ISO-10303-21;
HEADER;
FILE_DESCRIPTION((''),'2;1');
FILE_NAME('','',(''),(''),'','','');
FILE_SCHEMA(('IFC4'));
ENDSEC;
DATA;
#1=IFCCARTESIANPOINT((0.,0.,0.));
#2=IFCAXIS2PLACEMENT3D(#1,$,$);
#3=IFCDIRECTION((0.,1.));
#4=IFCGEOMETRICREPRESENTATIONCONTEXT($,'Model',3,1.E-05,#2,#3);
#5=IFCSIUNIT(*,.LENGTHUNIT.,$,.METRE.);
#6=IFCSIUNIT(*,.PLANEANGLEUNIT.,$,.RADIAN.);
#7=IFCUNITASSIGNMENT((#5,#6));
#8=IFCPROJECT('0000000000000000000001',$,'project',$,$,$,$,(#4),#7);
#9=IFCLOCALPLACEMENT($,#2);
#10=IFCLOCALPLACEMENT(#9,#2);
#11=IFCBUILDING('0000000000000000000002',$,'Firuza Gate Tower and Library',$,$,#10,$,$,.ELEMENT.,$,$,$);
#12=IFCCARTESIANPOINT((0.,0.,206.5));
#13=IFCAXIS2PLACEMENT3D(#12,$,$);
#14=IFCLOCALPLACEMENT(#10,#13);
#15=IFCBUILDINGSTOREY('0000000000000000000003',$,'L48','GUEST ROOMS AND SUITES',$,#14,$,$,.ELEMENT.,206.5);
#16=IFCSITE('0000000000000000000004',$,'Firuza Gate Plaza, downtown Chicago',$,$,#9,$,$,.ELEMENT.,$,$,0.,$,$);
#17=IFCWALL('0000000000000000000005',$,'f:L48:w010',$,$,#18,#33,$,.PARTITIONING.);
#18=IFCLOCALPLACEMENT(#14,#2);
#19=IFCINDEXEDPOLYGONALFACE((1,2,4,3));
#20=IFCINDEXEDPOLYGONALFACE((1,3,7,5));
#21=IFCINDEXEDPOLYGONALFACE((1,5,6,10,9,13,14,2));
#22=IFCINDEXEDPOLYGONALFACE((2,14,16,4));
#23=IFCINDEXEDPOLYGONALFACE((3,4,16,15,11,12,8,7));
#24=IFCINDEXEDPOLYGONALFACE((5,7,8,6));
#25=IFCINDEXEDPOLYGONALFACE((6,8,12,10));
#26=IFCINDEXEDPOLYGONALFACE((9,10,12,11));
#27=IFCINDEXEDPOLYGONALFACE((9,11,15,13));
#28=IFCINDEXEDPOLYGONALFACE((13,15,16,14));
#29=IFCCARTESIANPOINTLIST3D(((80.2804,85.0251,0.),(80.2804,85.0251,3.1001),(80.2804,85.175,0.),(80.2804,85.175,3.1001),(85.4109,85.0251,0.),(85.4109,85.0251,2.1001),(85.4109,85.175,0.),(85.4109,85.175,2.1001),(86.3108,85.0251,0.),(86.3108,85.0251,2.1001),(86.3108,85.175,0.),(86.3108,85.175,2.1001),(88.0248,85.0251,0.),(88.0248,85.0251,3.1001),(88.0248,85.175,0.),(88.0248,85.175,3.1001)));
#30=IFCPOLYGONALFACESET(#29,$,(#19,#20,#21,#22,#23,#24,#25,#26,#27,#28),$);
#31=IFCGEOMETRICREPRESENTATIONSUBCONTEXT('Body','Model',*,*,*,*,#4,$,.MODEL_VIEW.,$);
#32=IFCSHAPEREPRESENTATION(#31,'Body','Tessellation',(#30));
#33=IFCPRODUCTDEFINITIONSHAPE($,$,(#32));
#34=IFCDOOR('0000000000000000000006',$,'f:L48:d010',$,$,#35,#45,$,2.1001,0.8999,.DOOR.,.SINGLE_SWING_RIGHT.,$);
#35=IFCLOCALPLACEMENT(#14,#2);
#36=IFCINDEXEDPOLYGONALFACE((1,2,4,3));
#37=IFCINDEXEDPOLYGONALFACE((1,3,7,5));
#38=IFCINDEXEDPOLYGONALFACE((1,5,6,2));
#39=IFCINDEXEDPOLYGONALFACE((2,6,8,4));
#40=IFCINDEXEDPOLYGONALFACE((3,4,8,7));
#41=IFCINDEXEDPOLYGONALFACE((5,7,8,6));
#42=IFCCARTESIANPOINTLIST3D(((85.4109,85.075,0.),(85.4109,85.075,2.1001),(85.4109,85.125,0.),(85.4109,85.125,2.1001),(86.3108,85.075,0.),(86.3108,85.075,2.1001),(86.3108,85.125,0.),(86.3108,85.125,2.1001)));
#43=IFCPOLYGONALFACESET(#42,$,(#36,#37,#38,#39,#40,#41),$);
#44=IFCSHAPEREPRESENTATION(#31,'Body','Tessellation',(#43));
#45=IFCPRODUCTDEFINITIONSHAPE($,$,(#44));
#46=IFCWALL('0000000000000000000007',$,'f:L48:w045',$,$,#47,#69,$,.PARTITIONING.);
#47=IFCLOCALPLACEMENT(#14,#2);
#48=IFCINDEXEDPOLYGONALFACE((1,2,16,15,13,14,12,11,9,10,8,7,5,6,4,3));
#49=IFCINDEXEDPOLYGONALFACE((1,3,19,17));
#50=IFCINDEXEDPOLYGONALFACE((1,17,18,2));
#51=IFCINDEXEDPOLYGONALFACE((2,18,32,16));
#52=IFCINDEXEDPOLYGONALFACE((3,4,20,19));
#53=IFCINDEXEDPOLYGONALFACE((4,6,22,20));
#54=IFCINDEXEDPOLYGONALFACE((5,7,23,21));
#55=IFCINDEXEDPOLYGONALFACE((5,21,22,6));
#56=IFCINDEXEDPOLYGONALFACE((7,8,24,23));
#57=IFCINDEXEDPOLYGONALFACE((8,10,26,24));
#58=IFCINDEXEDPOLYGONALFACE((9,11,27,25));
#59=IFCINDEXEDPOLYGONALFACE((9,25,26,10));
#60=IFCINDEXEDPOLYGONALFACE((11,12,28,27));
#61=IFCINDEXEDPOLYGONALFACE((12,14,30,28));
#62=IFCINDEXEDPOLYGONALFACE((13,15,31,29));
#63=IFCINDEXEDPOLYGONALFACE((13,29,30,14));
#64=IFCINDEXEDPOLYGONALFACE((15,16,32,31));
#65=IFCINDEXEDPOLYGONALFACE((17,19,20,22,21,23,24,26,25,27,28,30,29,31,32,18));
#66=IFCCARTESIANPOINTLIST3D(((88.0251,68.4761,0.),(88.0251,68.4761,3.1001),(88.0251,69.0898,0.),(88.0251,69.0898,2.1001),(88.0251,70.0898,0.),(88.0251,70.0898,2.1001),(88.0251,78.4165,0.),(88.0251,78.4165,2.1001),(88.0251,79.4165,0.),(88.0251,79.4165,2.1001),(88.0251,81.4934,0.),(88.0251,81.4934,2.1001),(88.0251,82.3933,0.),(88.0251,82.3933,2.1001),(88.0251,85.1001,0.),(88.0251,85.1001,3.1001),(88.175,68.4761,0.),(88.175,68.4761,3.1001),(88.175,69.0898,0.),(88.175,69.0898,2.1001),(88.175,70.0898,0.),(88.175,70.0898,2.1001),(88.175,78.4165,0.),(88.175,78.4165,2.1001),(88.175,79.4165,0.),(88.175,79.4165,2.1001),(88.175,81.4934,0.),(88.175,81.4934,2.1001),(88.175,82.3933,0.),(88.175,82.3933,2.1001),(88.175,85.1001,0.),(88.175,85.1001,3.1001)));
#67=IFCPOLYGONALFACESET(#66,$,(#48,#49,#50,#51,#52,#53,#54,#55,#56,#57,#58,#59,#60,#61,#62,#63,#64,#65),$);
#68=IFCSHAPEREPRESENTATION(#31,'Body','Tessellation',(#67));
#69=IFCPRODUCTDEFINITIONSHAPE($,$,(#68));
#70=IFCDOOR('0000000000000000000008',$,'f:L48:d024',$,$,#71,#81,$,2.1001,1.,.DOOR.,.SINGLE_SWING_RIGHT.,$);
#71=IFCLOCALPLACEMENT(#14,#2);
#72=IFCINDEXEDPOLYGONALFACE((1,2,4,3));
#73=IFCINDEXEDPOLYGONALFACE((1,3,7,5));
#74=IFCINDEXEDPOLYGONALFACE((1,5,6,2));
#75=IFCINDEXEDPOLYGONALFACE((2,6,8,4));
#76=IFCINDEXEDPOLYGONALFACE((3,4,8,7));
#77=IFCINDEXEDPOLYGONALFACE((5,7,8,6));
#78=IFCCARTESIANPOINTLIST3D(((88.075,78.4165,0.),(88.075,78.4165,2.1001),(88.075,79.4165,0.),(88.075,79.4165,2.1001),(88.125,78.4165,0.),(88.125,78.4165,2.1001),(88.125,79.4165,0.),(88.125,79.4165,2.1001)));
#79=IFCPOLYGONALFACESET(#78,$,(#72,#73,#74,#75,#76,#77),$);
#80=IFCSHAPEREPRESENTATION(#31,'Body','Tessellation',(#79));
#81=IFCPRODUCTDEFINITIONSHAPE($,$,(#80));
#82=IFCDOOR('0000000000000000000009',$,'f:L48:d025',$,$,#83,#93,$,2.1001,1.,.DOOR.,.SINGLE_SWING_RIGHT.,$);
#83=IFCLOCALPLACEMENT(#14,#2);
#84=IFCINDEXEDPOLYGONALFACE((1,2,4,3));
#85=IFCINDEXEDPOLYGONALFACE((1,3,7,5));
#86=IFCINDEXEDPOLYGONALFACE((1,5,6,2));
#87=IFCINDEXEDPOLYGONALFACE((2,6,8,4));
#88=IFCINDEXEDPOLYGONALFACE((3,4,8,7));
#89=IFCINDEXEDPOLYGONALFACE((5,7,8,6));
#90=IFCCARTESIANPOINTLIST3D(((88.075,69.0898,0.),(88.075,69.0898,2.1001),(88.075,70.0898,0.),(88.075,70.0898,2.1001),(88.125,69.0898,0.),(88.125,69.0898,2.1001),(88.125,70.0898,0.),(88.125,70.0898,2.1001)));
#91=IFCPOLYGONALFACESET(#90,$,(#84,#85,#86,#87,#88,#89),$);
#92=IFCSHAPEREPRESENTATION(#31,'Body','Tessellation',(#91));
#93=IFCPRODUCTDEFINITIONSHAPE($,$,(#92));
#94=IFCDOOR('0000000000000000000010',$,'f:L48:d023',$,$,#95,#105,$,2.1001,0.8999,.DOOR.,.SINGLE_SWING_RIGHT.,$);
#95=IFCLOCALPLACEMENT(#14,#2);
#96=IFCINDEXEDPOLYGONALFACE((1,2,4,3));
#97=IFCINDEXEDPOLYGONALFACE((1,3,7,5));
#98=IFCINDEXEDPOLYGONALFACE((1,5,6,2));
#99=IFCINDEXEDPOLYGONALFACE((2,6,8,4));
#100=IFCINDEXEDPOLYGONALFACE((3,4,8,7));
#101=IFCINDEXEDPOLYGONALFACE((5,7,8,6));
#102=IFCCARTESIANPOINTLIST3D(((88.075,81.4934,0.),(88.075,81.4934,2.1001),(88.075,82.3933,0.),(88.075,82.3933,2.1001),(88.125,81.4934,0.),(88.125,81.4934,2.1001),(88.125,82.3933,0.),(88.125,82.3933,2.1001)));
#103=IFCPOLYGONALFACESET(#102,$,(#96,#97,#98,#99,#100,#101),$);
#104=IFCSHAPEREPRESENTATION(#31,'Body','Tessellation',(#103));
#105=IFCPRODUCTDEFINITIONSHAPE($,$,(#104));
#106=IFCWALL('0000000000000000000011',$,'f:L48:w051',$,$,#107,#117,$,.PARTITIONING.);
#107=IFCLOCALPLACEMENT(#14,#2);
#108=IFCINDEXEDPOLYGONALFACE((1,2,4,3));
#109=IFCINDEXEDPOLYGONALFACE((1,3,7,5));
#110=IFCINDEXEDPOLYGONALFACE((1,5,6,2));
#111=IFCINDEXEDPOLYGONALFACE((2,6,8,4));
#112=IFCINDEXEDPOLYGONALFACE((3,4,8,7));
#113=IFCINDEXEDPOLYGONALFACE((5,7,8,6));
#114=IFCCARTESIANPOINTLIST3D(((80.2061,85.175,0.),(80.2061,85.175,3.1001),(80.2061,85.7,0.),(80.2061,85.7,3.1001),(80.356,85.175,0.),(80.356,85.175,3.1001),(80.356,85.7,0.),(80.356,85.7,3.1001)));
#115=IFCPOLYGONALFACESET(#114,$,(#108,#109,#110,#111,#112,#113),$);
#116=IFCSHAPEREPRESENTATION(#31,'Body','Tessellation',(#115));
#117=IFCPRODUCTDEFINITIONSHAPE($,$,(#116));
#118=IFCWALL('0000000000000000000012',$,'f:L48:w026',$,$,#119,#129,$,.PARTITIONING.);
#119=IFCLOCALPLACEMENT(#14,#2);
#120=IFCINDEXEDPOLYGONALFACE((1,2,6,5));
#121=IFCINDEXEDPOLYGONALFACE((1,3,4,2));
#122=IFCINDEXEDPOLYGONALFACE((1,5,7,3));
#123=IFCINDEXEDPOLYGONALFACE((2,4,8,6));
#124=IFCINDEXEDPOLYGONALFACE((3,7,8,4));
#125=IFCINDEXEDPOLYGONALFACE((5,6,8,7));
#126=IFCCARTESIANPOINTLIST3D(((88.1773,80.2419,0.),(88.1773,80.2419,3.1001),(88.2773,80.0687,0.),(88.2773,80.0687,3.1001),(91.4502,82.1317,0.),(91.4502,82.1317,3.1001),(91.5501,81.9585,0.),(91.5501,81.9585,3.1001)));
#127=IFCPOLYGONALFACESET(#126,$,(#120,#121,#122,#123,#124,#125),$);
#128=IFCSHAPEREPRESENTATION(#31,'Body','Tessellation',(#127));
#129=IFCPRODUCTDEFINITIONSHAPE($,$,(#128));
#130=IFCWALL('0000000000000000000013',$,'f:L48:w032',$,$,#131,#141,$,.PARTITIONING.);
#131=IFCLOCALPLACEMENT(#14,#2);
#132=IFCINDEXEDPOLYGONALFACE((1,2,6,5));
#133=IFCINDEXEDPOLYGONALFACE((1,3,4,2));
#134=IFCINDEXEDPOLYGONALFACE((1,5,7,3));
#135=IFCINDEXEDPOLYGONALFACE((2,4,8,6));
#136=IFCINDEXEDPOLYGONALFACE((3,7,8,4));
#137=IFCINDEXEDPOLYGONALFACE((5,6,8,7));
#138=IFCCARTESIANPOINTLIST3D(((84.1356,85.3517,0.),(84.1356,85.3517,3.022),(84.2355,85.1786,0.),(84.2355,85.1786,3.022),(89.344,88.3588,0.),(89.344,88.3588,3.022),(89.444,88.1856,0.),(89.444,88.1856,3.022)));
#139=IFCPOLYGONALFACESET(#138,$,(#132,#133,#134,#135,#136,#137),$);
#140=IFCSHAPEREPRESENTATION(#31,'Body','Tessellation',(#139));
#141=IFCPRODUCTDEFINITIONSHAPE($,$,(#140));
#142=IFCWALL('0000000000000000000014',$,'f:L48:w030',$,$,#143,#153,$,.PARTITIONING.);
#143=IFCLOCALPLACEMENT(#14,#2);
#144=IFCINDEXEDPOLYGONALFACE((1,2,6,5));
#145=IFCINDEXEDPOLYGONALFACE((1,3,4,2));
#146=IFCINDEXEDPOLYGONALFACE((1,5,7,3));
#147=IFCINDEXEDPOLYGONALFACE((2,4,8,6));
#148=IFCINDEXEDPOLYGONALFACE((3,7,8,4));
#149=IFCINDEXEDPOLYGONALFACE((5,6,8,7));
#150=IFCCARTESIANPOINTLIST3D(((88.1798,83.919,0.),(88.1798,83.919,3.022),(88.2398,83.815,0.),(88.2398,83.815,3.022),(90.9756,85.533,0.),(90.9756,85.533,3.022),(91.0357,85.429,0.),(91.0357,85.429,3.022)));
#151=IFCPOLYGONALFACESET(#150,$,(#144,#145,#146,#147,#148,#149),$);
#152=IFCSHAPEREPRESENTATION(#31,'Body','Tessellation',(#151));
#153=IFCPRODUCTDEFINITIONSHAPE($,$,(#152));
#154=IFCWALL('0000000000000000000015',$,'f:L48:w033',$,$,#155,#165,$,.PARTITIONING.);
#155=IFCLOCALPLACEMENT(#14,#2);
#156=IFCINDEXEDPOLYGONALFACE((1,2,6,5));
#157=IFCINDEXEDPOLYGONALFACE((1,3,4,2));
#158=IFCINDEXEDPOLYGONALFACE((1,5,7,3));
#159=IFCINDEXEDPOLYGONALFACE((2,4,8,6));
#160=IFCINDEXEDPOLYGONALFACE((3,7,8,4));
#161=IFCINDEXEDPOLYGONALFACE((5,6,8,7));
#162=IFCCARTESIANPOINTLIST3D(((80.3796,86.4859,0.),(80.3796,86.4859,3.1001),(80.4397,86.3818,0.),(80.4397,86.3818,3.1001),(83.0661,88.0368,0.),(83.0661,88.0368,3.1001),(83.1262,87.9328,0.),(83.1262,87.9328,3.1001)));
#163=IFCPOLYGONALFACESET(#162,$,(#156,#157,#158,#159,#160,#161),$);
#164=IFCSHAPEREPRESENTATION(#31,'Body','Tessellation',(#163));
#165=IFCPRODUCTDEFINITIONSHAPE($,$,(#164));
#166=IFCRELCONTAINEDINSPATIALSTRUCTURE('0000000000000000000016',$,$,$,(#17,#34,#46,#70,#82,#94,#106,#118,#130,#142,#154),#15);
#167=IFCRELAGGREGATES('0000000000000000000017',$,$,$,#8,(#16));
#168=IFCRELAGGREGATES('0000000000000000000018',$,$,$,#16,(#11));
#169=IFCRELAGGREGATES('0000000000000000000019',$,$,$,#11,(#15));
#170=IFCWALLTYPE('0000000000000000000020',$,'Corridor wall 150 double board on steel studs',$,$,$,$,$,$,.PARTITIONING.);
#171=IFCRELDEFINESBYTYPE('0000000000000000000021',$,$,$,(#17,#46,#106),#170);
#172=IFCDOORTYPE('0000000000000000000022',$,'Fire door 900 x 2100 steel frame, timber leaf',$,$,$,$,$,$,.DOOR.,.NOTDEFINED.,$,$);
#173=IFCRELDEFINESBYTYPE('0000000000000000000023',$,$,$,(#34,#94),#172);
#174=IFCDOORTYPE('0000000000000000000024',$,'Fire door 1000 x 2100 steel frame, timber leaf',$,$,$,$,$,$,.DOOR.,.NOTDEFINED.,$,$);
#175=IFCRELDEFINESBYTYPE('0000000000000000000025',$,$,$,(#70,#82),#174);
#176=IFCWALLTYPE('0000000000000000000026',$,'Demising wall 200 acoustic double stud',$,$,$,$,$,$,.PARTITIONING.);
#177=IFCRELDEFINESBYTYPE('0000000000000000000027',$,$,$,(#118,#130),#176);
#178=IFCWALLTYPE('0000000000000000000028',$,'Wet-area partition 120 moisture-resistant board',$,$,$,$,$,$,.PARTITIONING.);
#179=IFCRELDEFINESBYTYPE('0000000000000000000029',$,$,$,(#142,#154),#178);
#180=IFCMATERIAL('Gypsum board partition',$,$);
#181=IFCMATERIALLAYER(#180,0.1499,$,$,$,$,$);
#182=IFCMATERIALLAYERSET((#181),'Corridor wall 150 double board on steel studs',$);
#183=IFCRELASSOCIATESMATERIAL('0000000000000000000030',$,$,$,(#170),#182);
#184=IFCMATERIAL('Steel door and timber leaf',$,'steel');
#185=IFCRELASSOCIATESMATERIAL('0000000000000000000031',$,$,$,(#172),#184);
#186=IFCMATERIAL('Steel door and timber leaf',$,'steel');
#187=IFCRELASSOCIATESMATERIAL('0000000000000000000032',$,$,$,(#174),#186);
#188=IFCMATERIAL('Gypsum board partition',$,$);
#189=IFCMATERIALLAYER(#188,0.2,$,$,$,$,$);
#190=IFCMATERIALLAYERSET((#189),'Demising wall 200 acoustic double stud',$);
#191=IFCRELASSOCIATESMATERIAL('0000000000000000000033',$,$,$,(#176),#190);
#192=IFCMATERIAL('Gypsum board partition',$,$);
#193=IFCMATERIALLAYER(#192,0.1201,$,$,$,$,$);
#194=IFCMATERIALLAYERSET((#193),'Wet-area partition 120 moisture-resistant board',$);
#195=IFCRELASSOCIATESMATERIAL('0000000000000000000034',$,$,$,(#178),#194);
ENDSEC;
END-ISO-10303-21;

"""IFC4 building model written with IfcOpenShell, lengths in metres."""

from ifc_helpers import new_model, si_unit, direction, frame, frame_2d, origin, place, context, subcontext, project, spatial, rectangle, extrude, material, layer, layer_set, type_object, element, fill, save


model = new_model("IFC4")

# Units and contexts
model_context = context("Model", 3, precision=1e-05, world=origin(), true_north=direction((0.0, 1.0)))
body_context = subcontext(model_context, "Body", "Model", "MODEL_VIEW")
ifc_project = project(units=[si_unit("LENGTHUNIT", "METRE"), si_unit("PLANEANGLEUNIT", "RADIAN")], contexts=[model_context])

# Site, building, storey
site_placement = place(None, origin())
site = spatial("IfcSite", under=ifc_project, at=site_placement, Name="Firuza Gate Plaza, downtown Chicago", CompositionType="ELEMENT", RefElevation=0.0)
building_placement = place(site_placement, origin())
building = spatial("IfcBuilding", under=site, at=building_placement, Name="Firuza Gate Tower and Library", CompositionType="ELEMENT")
storey_placement = place(building_placement, frame((0.0, 0.0, 206.5)))
storey = spatial("IfcBuildingStorey", under=building, at=storey_placement, Name="L48", Description="GUEST ROOMS AND SUITES", CompositionType="ELEMENT", Elevation=206.5)

# Wall, opening, door
ifc_material_1 = material(Name="Gypsum board partition")
ifc_layer_1 = layer(ifc_material_1, 0.1499)
ifc_layer_set_1 = layer_set([ifc_layer_1], Name="Corridor wall 150 double board on steel studs")
wall_type_1 = type_object("IfcWallType", Name="Corridor wall 150 double board on steel studs", PredefinedType="PARTITIONING", material=ifc_layer_set_1)
wall_1_placement = place(storey_placement, frame((80.2805, 85.1001, 0.0), z_axis=(0.0, 0.0, 1.0), x_axis=(1.0, 0.0, 0.0)))
wall_1 = element("IfcWall", 1, at=wall_1_placement, inside=storey, type_object=wall_type_1, Name="f:L48:w010", PredefinedType="PARTITIONING", context=body_context, shape_type="SweptSolid", body=[
    extrude(rectangle(XDim=7.7444, YDim=0.1499, at=frame_2d((3.8721, 0.0))), origin(), (0.0, 0.0, 1.0), 3.1001),
])
opening_1_placement = place(wall_1_placement, frame((5.1304, 0.0, 0.0)))
opening_1 = element("IfcOpeningElement", 2, at=opening_1_placement, cuts=wall_1, PredefinedType="OPENING", context=body_context, shape_type="SweptSolid", body=[
    extrude(rectangle(XDim=0.8999, YDim=2.1001, at=frame_2d((0.45, 1.05))), frame((0.0, 0.085, 0.0), z_axis=(0.0, -1.0, 0.0), x_axis=(1.0, 0.0, 0.0)), (0.0, 0.0, 1.0), 0.1699),
])
ifc_material_2 = material(Name="Steel door and timber leaf", Category="steel")
door_type_1 = type_object("IfcDoorType", Name="Fire door 900 x 2100 steel frame, timber leaf", OperationType="NOTDEFINED", PredefinedType="DOOR", material=ifc_material_2)
door_1_placement = place(opening_1_placement, origin())
door_1 = element("IfcDoor", 3, at=door_1_placement, inside=storey, type_object=door_type_1, Name="f:L48:d010", OperationType="SINGLE_SWING_RIGHT", OverallHeight=2.1001, OverallWidth=0.8999, PredefinedType="DOOR", context=body_context, shape_type="SweptSolid", body=[
    extrude(rectangle(XDim=0.8999, YDim=2.1001, at=frame_2d((0.45, 1.05))), frame((0.0, 0.0249, 0.0), z_axis=(0.0, -1.0, 0.0), x_axis=(1.0, 0.0, 0.0)), (0.0, 0.0, 1.0), 0.05),
])
fill(opening_1, door_1)

# Wall, openings, doors
wall_2_placement = place(storey_placement, frame((88.1001, 85.1001, 0.0), z_axis=(0.0, 0.0, 1.0), x_axis=(0.0, -1.0, 0.0)))
wall_2 = element("IfcWall", 4, at=wall_2_placement, inside=storey, type_object=wall_type_1, Name="f:L48:w045", PredefinedType="PARTITIONING", context=body_context, shape_type="SweptSolid", body=[
    extrude(rectangle(XDim=16.624, YDim=0.1499, at=frame_2d((8.312, 0.0))), origin(), (0.0, 0.0, 1.0), 3.1001),
])
opening_2_placement = place(wall_2_placement, frame((2.7068, 0.0, 0.0)))
opening_2 = element("IfcOpeningElement", 5, at=opening_2_placement, cuts=wall_2, PredefinedType="OPENING", context=body_context, shape_type="SweptSolid", body=[
    extrude(rectangle(XDim=0.8999, YDim=2.1001, at=frame_2d((0.45, 1.05))), frame((0.0, 0.085, 0.0), z_axis=(0.0, -1.0, 0.0), x_axis=(1.0, 0.0, 0.0)), (0.0, 0.0, 1.0), 0.1699),
])
opening_3_placement = place(wall_2_placement, frame((5.6836, 0.0, 0.0)))
opening_3 = element("IfcOpeningElement", 6, at=opening_3_placement, cuts=wall_2, PredefinedType="OPENING", context=body_context, shape_type="SweptSolid", body=[
    extrude(rectangle(XDim=1.0, YDim=2.1001, at=frame_2d((0.5, 1.05))), frame((0.0, 0.085, 0.0), z_axis=(0.0, -1.0, 0.0), x_axis=(1.0, 0.0, 0.0)), (0.0, 0.0, 1.0), 0.1699),
])
opening_4_placement = place(wall_2_placement, frame((15.0103, 0.0, 0.0)))
opening_4 = element("IfcOpeningElement", 7, at=opening_4_placement, cuts=wall_2, PredefinedType="OPENING", context=body_context, shape_type="SweptSolid", body=[
    extrude(rectangle(XDim=1.0, YDim=2.1001, at=frame_2d((0.5, 1.05))), frame((0.0, 0.085, 0.0), z_axis=(0.0, -1.0, 0.0), x_axis=(1.0, 0.0, 0.0)), (0.0, 0.0, 1.0), 0.1699),
])
ifc_material_3 = material(Name="Steel door and timber leaf", Category="steel")
door_type_2 = type_object("IfcDoorType", Name="Fire door 1000 x 2100 steel frame, timber leaf", OperationType="NOTDEFINED", PredefinedType="DOOR", material=ifc_material_3)
door_2_placement = place(opening_3_placement, origin())
door_2 = element("IfcDoor", 8, at=door_2_placement, inside=storey, type_object=door_type_2, Name="f:L48:d024", OperationType="SINGLE_SWING_RIGHT", OverallHeight=2.1001, OverallWidth=1.0, PredefinedType="DOOR", context=body_context, shape_type="SweptSolid", body=[
    extrude(rectangle(XDim=1.0, YDim=2.1001, at=frame_2d((0.5, 1.05))), frame((0.0, 0.0249, 0.0), z_axis=(0.0, -1.0, 0.0), x_axis=(1.0, 0.0, 0.0)), (0.0, 0.0, 1.0), 0.05),
])
fill(opening_3, door_2)
door_3_placement = place(opening_4_placement, origin())
door_3 = element("IfcDoor", 9, at=door_3_placement, inside=storey, type_object=door_type_2, Name="f:L48:d025", OperationType="SINGLE_SWING_RIGHT", OverallHeight=2.1001, OverallWidth=1.0, PredefinedType="DOOR", context=body_context, shape_type="SweptSolid", body=[
    extrude(rectangle(XDim=1.0, YDim=2.1001, at=frame_2d((0.5, 1.05))), frame((0.0, 0.0249, 0.0), z_axis=(0.0, -1.0, 0.0), x_axis=(1.0, 0.0, 0.0)), (0.0, 0.0, 1.0), 0.05),
])
fill(opening_4, door_3)
door_4_placement = place(opening_2_placement, origin())
door_4 = element("IfcDoor", 10, at=door_4_placement, inside=storey, type_object=door_type_1, Name="f:L48:d023", OperationType="SINGLE_SWING_RIGHT", OverallHeight=2.1001, OverallWidth=0.8999, PredefinedType="DOOR", context=body_context, shape_type="SweptSolid", body=[
    extrude(rectangle(XDim=0.8999, YDim=2.1001, at=frame_2d((0.45, 1.05))), frame((0.0, 0.0249, 0.0), z_axis=(0.0, -1.0, 0.0), x_axis=(1.0, 0.0, 0.0)), (0.0, 0.0, 1.0), 0.05),
])
fill(opening_2, door_4)

# Walls
wall_3_placement = place(storey_placement, frame((80.281, 85.175, 0.0), z_axis=(0.0, 0.0, 1.0), x_axis=(0.0, 1.0, 0.0)))
element("IfcWall", 11, at=wall_3_placement, inside=storey, type_object=wall_type_1, Name="f:L48:w051", PredefinedType="PARTITIONING", context=body_context, shape_type="SweptSolid", body=[
    extrude(rectangle(XDim=0.5249, YDim=0.1499, at=frame_2d((0.2625, 0.0))), origin(), (0.0, 0.0, 1.0), 3.1001),
])
ifc_material_4 = material(Name="Gypsum board partition")
ifc_layer_2 = layer(ifc_material_4, 0.2)
ifc_layer_set_2 = layer_set([ifc_layer_2], Name="Demising wall 200 acoustic double stud")
wall_type_2 = type_object("IfcWallType", Name="Demising wall 200 acoustic double stud", PredefinedType="PARTITIONING", material=ifc_layer_set_2)
wall_4_placement = place(storey_placement, frame((88.2273, 80.1553, 0.0), z_axis=(0.0, 0.0, 1.0), x_axis=(0.865996, 0.50005, 0.0)))
element("IfcWall", 12, at=wall_4_placement, inside=storey, type_object=wall_type_2, Name="f:L48:w026", PredefinedType="PARTITIONING", context=body_context, shape_type="SweptSolid", body=[
    extrude(rectangle(XDim=3.7793, YDim=0.2, at=frame_2d((1.8896, 0.0))), origin(), (0.0, 0.0, 1.0), 3.1001),
])
wall_5_placement = place(storey_placement, frame((84.1855, 85.2651, 0.0), z_axis=(0.0, 0.0, 1.0), x_axis=(0.866029, 0.499994, 0.0)))
element("IfcWall", 13, at=wall_5_placement, inside=storey, type_object=wall_type_2, Name="f:L48:w032", PredefinedType="PARTITIONING", context=body_context, shape_type="SweptSolid", body=[
    extrude(rectangle(XDim=6.0142, YDim=0.2, at=frame_2d((3.0071, 0.0))), origin(), (0.0, 0.0, 1.0), 3.022),
])
ifc_material_5 = material(Name="Gypsum board partition")
ifc_layer_3 = layer(ifc_material_5, 0.1201)
ifc_layer_set_3 = layer_set([ifc_layer_3], Name="Wet-area partition 120 moisture-resistant board")
wall_type_3 = type_object("IfcWallType", Name="Wet-area partition 120 moisture-resistant board", PredefinedType="PARTITIONING", material=ifc_layer_set_3)
wall_6_placement = place(storey_placement, frame((88.2097, 83.8669, 0.0), z_axis=(0.0, 0.0, 1.0), x_axis=(0.866052, 0.499954, 0.0)))
element("IfcWall", 14, at=wall_6_placement, inside=storey, type_object=wall_type_3, Name="f:L48:w030", PredefinedType="PARTITIONING", context=body_context, shape_type="SweptSolid", body=[
    extrude(rectangle(XDim=3.2283, YDim=0.1201, at=frame_2d((1.6143, 0.0))), origin(), (0.0, 0.0, 1.0), 3.022),
])
wall_7_placement = place(storey_placement, frame((80.4097, 86.4338, 0.0), z_axis=(0.0, 0.0, 1.0), x_axis=(0.866031, 0.49999, 0.0)))
element("IfcWall", 15, at=wall_7_placement, inside=storey, type_object=wall_type_3, Name="f:L48:w033", PredefinedType="PARTITIONING", context=body_context, shape_type="SweptSolid", body=[
    extrude(rectangle(XDim=3.1021, YDim=0.1201, at=frame_2d((1.551, 0.0))), origin(), (0.0, 0.0, 1.0), 3.1001),
])

save(model, "model.ifc")
